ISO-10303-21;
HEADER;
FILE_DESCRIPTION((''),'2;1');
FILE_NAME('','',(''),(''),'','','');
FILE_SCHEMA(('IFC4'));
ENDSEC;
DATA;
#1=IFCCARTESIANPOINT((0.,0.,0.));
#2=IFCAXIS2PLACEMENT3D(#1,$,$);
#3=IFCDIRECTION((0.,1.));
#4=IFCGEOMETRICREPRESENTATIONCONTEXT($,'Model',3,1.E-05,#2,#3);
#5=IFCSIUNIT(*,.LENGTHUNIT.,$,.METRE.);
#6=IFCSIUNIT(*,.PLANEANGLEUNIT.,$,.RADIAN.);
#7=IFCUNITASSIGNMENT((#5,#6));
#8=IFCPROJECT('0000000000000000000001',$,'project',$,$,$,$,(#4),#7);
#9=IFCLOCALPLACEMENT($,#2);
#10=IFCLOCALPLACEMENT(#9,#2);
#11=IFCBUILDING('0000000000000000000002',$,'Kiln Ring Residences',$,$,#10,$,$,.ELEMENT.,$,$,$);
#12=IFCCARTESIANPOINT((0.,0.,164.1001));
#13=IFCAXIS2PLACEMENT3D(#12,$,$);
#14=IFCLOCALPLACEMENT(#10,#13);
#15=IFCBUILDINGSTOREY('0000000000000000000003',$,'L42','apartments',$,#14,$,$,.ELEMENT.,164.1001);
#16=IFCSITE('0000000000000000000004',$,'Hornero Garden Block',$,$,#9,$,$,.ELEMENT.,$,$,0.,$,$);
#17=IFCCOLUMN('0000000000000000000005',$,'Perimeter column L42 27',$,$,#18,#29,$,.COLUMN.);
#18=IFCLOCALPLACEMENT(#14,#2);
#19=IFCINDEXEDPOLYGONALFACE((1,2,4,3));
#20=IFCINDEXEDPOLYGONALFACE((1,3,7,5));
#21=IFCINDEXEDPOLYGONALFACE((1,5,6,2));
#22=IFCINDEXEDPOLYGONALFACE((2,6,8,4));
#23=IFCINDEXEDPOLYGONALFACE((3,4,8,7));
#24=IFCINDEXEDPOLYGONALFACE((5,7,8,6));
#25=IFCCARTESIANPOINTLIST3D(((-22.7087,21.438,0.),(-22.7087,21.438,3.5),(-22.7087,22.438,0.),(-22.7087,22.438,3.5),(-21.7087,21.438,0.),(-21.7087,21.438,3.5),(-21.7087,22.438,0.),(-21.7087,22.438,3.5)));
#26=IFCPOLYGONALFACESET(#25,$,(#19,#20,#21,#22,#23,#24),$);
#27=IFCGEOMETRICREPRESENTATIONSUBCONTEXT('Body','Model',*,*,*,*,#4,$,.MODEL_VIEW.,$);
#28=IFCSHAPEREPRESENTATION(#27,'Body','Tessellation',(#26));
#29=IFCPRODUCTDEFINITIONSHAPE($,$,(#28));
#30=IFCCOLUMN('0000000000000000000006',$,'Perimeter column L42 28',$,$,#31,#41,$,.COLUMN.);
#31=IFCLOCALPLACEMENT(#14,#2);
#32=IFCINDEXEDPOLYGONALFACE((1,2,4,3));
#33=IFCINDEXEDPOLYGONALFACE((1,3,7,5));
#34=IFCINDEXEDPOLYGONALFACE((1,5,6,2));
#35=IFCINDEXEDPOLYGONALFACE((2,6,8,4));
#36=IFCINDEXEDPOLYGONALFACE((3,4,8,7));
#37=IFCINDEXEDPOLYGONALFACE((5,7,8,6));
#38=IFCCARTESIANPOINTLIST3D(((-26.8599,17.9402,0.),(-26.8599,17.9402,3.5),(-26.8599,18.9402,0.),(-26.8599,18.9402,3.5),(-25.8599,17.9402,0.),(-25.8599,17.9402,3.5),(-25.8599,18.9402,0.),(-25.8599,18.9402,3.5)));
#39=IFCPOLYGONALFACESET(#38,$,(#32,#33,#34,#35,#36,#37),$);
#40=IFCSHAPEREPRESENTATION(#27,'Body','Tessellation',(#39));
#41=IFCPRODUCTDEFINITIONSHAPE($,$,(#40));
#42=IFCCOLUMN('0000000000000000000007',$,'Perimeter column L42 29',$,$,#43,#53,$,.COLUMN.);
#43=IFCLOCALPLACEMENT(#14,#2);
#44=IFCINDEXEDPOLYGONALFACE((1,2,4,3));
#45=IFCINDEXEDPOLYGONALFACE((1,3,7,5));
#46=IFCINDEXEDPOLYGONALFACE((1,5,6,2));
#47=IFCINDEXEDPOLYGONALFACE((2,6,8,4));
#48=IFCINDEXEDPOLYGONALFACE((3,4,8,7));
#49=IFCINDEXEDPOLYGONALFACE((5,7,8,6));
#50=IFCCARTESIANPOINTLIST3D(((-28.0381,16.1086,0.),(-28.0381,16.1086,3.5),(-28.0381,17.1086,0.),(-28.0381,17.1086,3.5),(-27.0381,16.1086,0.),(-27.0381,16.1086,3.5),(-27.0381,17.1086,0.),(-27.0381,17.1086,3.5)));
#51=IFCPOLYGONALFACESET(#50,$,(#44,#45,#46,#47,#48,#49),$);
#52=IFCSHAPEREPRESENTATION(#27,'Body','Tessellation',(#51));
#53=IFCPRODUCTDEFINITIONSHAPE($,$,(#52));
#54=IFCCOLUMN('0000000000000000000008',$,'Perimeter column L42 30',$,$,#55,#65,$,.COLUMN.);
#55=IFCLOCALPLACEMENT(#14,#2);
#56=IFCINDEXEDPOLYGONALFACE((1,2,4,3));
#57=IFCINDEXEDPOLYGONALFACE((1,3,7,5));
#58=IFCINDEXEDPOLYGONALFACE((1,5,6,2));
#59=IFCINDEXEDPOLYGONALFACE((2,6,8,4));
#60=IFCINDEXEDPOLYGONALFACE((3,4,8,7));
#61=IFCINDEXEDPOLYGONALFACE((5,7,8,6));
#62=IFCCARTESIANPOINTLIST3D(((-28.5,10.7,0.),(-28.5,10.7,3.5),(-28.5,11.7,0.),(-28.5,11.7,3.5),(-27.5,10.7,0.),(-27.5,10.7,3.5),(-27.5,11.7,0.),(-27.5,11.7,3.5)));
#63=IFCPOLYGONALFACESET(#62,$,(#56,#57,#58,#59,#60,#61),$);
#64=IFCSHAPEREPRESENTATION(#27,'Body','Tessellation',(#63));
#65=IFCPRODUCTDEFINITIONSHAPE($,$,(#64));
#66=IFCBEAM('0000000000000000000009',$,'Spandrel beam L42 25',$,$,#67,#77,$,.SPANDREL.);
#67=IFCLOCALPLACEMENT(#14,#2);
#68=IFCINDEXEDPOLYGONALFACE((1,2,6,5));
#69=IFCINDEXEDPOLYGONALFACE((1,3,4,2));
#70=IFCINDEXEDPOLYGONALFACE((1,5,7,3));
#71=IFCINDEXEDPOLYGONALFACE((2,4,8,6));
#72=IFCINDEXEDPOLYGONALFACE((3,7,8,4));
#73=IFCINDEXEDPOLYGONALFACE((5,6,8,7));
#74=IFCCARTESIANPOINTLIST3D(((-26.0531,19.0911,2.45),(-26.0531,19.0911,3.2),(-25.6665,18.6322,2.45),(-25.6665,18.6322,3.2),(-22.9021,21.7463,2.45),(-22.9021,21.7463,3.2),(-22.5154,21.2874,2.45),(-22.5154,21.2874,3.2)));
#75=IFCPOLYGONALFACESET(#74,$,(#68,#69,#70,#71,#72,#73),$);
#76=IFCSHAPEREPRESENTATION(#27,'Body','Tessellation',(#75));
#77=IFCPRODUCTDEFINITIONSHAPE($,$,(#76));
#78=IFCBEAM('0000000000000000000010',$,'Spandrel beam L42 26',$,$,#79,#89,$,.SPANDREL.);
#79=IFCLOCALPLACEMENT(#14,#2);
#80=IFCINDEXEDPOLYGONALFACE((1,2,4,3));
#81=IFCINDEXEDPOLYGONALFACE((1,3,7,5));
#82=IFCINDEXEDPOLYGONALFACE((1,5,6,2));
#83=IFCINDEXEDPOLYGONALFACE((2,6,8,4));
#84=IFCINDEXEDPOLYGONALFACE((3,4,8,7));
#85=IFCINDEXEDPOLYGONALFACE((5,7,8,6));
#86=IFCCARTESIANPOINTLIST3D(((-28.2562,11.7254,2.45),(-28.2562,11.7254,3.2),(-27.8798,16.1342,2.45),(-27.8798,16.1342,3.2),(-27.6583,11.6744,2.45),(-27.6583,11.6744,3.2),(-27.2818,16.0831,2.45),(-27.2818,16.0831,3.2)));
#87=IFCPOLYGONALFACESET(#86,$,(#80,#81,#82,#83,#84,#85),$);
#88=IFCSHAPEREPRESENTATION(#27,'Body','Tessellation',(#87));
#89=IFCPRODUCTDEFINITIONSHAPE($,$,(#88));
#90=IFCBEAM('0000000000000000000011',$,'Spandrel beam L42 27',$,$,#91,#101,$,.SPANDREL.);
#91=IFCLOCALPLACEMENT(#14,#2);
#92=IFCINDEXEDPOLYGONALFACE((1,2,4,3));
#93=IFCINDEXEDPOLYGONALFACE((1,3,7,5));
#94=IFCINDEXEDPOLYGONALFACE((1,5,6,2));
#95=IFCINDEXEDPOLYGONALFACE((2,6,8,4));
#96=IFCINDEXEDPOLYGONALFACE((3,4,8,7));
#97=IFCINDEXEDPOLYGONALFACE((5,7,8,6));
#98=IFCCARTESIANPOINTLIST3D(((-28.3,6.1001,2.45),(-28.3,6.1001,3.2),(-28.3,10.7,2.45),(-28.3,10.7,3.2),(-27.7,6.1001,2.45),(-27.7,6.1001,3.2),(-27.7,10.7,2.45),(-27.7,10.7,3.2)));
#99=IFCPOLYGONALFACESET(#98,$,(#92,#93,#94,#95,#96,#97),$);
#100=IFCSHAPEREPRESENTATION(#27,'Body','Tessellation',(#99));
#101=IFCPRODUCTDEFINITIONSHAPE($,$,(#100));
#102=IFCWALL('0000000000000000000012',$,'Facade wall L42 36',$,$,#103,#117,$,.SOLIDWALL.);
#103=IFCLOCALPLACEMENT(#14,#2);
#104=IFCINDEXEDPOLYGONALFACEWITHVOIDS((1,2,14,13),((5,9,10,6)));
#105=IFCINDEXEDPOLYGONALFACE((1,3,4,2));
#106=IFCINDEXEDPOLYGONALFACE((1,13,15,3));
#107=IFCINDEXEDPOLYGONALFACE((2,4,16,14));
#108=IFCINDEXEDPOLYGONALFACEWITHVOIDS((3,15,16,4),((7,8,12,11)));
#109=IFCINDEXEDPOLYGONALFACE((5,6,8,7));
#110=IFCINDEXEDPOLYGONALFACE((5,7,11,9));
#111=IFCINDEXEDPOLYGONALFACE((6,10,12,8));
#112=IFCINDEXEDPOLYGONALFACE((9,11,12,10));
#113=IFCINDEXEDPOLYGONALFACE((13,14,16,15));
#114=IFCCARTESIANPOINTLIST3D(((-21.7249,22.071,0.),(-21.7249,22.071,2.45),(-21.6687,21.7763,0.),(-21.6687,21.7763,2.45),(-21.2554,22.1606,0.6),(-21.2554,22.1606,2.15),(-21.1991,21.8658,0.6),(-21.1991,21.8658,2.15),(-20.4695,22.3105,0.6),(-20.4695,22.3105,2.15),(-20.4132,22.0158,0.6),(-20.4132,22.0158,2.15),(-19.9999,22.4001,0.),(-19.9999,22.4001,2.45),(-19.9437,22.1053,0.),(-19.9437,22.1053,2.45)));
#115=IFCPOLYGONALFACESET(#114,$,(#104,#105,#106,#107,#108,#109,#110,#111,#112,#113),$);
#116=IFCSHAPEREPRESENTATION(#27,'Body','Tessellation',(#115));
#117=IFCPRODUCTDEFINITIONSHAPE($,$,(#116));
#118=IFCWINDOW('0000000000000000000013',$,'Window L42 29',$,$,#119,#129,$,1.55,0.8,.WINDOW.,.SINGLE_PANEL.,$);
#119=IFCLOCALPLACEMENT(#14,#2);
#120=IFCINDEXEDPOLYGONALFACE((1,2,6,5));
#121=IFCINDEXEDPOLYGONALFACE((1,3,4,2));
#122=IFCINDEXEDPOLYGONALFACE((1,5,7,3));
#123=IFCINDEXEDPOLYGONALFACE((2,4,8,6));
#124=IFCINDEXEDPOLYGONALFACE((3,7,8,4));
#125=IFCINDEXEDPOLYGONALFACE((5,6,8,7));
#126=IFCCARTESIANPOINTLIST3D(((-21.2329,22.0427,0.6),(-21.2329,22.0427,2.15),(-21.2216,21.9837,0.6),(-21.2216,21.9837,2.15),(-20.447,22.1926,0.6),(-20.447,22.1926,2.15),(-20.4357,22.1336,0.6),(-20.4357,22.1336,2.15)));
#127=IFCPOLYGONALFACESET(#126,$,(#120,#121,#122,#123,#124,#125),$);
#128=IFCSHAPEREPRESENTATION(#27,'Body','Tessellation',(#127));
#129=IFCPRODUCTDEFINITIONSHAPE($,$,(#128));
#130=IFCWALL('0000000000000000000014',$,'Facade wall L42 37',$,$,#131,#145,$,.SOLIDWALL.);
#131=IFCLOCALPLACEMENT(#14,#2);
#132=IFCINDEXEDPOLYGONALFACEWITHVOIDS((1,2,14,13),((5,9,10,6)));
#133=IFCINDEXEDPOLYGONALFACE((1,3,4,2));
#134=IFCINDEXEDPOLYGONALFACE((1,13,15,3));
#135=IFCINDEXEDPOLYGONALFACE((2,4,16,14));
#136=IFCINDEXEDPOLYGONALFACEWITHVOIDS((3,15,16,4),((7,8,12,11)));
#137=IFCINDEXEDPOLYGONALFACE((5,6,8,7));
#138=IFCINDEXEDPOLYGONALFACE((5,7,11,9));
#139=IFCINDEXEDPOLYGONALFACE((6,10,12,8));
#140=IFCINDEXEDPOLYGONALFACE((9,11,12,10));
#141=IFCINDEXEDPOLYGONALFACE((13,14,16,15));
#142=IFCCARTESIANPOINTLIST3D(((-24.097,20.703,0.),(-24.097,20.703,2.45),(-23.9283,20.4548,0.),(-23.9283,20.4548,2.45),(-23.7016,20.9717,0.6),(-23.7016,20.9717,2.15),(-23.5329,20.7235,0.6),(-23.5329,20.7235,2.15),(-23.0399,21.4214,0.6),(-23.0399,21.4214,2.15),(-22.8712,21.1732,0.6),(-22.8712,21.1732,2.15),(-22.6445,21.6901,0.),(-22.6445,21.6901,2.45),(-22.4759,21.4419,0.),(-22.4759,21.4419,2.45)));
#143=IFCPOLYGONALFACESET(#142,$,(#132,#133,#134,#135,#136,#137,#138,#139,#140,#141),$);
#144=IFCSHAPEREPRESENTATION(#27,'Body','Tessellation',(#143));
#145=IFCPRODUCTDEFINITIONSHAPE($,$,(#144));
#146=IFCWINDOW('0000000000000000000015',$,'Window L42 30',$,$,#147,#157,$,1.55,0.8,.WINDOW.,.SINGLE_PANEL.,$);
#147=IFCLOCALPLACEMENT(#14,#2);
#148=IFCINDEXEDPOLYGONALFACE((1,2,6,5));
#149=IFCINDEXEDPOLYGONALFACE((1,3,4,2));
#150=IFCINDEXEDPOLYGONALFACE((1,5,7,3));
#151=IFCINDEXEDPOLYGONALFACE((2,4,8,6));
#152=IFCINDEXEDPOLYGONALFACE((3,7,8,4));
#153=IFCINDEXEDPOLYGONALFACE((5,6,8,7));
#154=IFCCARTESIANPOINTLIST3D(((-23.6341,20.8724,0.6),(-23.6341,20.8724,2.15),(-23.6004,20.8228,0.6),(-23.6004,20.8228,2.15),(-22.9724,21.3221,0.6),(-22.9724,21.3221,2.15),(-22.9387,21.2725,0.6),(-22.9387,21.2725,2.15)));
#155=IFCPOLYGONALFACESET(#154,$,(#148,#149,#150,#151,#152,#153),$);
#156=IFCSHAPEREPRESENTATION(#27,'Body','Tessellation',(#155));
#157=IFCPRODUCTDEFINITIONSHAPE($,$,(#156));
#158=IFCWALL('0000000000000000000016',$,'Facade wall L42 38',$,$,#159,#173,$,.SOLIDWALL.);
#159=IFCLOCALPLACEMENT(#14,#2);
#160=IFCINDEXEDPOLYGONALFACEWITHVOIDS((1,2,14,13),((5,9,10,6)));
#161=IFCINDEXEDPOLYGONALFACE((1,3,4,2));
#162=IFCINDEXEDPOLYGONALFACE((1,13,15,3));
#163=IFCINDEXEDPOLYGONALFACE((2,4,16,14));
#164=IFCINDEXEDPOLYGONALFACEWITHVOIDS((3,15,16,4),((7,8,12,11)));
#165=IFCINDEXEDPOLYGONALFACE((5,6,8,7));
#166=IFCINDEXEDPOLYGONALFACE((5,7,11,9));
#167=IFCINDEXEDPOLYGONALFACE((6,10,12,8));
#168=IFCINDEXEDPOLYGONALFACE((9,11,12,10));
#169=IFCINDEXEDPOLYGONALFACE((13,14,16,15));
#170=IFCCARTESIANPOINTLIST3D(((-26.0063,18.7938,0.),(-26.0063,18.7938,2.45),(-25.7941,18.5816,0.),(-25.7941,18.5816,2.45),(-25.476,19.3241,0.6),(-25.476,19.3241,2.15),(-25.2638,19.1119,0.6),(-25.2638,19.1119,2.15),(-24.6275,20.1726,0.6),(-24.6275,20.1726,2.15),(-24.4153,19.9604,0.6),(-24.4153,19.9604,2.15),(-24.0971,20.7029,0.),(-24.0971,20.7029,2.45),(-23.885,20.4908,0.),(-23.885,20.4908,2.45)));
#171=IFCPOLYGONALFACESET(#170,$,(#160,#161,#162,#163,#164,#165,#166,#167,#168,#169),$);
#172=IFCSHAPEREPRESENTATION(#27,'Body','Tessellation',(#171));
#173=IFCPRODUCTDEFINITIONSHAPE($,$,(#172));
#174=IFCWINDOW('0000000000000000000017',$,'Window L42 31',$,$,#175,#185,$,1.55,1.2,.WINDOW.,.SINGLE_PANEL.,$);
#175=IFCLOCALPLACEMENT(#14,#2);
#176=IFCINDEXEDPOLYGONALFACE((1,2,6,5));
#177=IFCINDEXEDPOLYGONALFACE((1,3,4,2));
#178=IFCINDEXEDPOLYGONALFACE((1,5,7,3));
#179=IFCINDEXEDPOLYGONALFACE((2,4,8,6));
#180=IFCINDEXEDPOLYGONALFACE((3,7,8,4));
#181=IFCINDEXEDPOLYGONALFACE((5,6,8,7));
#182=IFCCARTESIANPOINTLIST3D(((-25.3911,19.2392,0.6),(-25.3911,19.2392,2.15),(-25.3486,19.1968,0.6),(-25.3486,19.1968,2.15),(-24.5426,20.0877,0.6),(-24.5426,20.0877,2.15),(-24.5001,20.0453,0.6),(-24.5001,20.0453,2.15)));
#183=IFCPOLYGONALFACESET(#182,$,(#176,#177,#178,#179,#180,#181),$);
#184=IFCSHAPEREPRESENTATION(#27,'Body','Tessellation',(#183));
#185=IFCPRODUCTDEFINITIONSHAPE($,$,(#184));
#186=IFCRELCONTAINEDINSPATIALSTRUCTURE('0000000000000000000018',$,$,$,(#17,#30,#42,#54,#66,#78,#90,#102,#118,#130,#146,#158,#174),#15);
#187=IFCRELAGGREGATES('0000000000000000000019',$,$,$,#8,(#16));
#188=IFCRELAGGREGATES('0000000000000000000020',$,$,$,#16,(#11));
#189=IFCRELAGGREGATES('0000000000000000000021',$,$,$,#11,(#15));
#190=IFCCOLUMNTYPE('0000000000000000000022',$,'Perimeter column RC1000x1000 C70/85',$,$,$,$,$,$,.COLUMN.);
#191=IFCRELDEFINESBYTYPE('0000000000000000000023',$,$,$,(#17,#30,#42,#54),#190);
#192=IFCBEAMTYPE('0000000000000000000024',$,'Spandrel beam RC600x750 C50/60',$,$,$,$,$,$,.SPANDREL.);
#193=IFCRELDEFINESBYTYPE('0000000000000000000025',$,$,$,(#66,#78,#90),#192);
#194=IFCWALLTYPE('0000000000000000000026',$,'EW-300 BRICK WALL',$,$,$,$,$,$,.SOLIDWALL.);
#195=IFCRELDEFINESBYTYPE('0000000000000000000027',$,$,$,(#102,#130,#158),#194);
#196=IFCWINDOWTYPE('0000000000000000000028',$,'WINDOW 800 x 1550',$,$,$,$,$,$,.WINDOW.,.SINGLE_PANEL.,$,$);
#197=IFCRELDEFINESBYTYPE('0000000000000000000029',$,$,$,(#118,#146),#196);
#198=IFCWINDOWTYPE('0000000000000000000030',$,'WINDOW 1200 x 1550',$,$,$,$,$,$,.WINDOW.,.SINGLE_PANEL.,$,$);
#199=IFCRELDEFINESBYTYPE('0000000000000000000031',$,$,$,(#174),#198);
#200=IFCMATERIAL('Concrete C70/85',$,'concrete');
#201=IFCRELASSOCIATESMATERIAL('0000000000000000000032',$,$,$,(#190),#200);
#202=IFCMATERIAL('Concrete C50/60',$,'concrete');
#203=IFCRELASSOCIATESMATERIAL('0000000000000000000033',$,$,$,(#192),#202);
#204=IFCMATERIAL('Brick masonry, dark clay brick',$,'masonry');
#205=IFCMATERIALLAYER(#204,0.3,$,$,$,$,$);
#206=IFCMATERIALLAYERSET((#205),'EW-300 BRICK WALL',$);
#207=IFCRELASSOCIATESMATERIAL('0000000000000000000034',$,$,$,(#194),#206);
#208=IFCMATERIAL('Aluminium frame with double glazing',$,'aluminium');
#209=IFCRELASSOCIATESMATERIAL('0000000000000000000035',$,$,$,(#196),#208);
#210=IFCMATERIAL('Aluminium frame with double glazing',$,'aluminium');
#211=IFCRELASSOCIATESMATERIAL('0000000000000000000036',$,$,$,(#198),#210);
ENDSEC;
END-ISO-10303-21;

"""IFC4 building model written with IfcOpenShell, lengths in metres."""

from ifc_helpers import new_model, si_unit, direction, frame, frame_2d, origin, origin_2d, place, context, subcontext, project, spatial, rectangle, extrude, material, layer, layer_set, material_profile, profile_set, type_object, element, fill, save


model = new_model("IFC4")

# Units and contexts
model_context = context("Model", 3, precision=1e-05, world=origin(), true_north=direction((0.0, 1.0)))
body_context = subcontext(model_context, "Body", "Model", "MODEL_VIEW")
ifc_project = project(units=[si_unit("LENGTHUNIT", "METRE"), si_unit("PLANEANGLEUNIT", "RADIAN")], contexts=[model_context])

# Site, building, storey
site_placement = place(None, origin())
site = spatial("IfcSite", under=ifc_project, at=site_placement, Name="Hornero Garden Block", CompositionType="ELEMENT", RefElevation=0.0)
building_placement = place(site_placement, origin())
building = spatial("IfcBuilding", under=site, at=building_placement, Name="Kiln Ring Residences", CompositionType="ELEMENT")
storey_placement = place(building_placement, frame((0.0, 0.0, 164.1001)))
storey = spatial("IfcBuildingStorey", under=building, at=storey_placement, Name="L42", Description="apartments", CompositionType="ELEMENT", Elevation=164.1001)

# Columns
ifc_material_1 = material(Name="Concrete C70/85", Category="concrete")
ifc_material_profile_1 = material_profile(ifc_material_1, rectangle(XDim=1.0, YDim=1.0, at=origin_2d()), Name="RC1000x1000")
ifc_profile_set_1 = profile_set([ifc_material_profile_1], Name="Concrete C70/85")
column_type = type_object("IfcColumnType", Name="Perimeter column RC1000x1000 C70/85", PredefinedType="COLUMN", material=ifc_profile_set_1)
for number, where, z_axis, x_axis, name in (
    (1, (-22.2087, 21.938, 0.0), (0.0, 0.0, 1.0), (1.0, 0.0, 0.0), "Perimeter column L42 27"),
    (2, (-26.3599, 18.4402, 0.0), (0.0, 0.0, 1.0), (1.0, 0.0, 0.0), "Perimeter column L42 28"),
    (3, (-27.5381, 16.6086, 0.0), (0.0, 0.0, 1.0), (1.0, 0.0, 0.0), "Perimeter column L42 29"),
    (4, (-28.0, 11.2, 0.0), (0.0, 0.0, 1.0), (1.0, 0.0, 0.0), "Perimeter column L42 30"),
):
    element("IfcColumn", number, at=place(storey_placement, frame(where, z_axis=z_axis, x_axis=x_axis)), inside=storey, type_object=column_type, Name=name, PredefinedType="COLUMN", context=body_context, shape_type="SweptSolid", body=[
        extrude(rectangle(XDim=1.0, YDim=1.0, at=origin_2d()), origin(), (0.0, 0.0, 1.0), 3.5),
    ])

# Beams
ifc_material_2 = material(Name="Concrete C50/60", Category="concrete")
ifc_material_profile_2 = material_profile(ifc_material_2, rectangle(XDim=0.6001, YDim=0.75, at=origin_2d()), Name="RC600x750")
ifc_profile_set_2 = profile_set([ifc_material_profile_2], Name="Concrete C50/60")
beam_type = type_object("IfcBeamType", Name="Spandrel beam RC600x750 C50/60", PredefinedType="SPANDREL", material=ifc_profile_set_2)
beam_1_placement = place(storey_placement, frame((-22.7087, 21.5168, 2.825), z_axis=(-0.764708, -0.644377, 0.0), x_axis=(0.644377, -0.764708, 0.0)))
element("IfcBeam", 5, at=beam_1_placement, inside=storey, type_object=beam_type, Name="Spandrel beam L42 25", PredefinedType="SPANDREL", context=body_context, shape_type="SweptSolid", body=[
    extrude(rectangle(XDim=0.6001, YDim=0.75, at=origin_2d()), origin(), (0.0, 0.0, 1.0), 4.1206),
])
beam_2_placement = place(storey_placement, frame((-27.5808, 16.1086, 2.825), z_axis=(-0.085082, -0.996374, 0.0), x_axis=(0.996374, -0.085082, 0.0)))
element("IfcBeam", 6, at=beam_2_placement, inside=storey, type_object=beam_type, Name="Spandrel beam L42 26", PredefinedType="SPANDREL", context=body_context, shape_type="SweptSolid", body=[
    extrude(rectangle(XDim=0.6001, YDim=0.75, at=origin_2d()), origin(), (0.0, 0.0, 1.0), 4.4248),
])
beam_3_placement = place(storey_placement, frame((-28.0, 10.7, 2.825), z_axis=(0.0, -1.0, 0.0), x_axis=(1.0, 0.0, 0.0)))
element("IfcBeam", 7, at=beam_3_placement, inside=storey, type_object=beam_type, Name="Spandrel beam L42 27", PredefinedType="SPANDREL", context=body_context, shape_type="SweptSolid", body=[
    extrude(rectangle(XDim=0.6001, YDim=0.75, at=origin_2d()), origin(), (0.0, 0.0, 1.0), 4.5999),
])

# Walls, openings, windows
ifc_material_3 = material(Name="Brick masonry, dark clay brick", Category="masonry")
ifc_layer_1 = layer(ifc_material_3, 0.3)
ifc_layer_set_1 = layer_set([ifc_layer_1], Name="EW-300 BRICK WALL")
wall_type_1 = type_object("IfcWallType", Name="EW-300 BRICK WALL", PredefinedType="SOLIDWALL", material=ifc_layer_set_1)
wall_1_placement = place(storey_placement, frame((-19.9719, 22.2527, 0.0), z_axis=(0.0, 0.0, 1.0), x_axis=(-0.982285, -0.187393, 0.0)))
wall_1 = element("IfcWall", 8, at=wall_1_placement, inside=storey, type_object=wall_type_1, Name="Facade wall L42 36", PredefinedType="SOLIDWALL", context=body_context, shape_type="SweptSolid", body=[
    extrude(rectangle(XDim=1.7561, YDim=0.3, at=frame_2d((0.8779, 0.0))), origin(), (0.0, 0.0, 1.0), 2.45),
])
opening_1_placement = place(wall_1_placement, frame((0.478, 0.0, 0.6001)))
opening_1 = element("IfcOpeningElement", 9, at=opening_1_placement, cuts=wall_1, PredefinedType="OPENING", context=body_context, shape_type="SweptSolid", body=[
    extrude(rectangle(XDim=0.8, YDim=1.55, at=frame_2d((0.3999, 0.7749))), frame((0.0, 0.1599, 0.0), z_axis=(0.0, -1.0, 0.0), x_axis=(1.0, 0.0, 0.0)), (0.0, 0.0, 1.0), 0.3201),
])
ifc_material_4 = material(Name="Aluminium frame with double glazing", Category="aluminium")
window_type_1 = type_object("IfcWindowType", Name="WINDOW 800 x 1550", PartitioningType="SINGLE_PANEL", PredefinedType="WINDOW", material=ifc_material_4)
window_1_placement = place(opening_1_placement, origin())
window_1 = element("IfcWindow", 10, at=window_1_placement, inside=storey, type_object=window_type_1, Name="Window L42 29", OverallHeight=1.55, OverallWidth=0.8, PartitioningType="SINGLE_PANEL", PredefinedType="WINDOW", context=body_context, shape_type="SweptSolid", body=[
    extrude(rectangle(XDim=0.8, YDim=1.55, at=frame_2d((0.3999, 0.7749))), frame((0.0, 0.03, 0.0), z_axis=(0.0, -1.0, 0.0), x_axis=(1.0, 0.0, 0.0)), (0.0, 0.0, 1.0), 0.0601),
])
fill(opening_1, window_1)
wall_2_placement = place(storey_placement, frame((-22.5603, 21.5659, 0.0), z_axis=(0.0, 0.0, 1.0), x_axis=(-0.827076, -0.562089, 0.0)))
wall_2 = element("IfcWall", 11, at=wall_2_placement, inside=storey, type_object=wall_type_1, Name="Facade wall L42 37", PredefinedType="SOLIDWALL", context=body_context, shape_type="SweptSolid", body=[
    extrude(rectangle(XDim=1.7561, YDim=0.3, at=frame_2d((0.8779, 0.0))), origin(), (0.0, 0.0, 1.0), 2.45),
])
opening_2_placement = place(wall_2_placement, frame((0.478, 0.0, 0.6001)))
opening_2 = element("IfcOpeningElement", 12, at=opening_2_placement, cuts=wall_2, PredefinedType="OPENING", context=body_context, shape_type="SweptSolid", body=[
    extrude(rectangle(XDim=0.8, YDim=1.55, at=frame_2d((0.3999, 0.7749))), frame((0.0, 0.1599, 0.0), z_axis=(0.0, -1.0, 0.0), x_axis=(1.0, 0.0, 0.0)), (0.0, 0.0, 1.0), 0.3201),
])
window_2_placement = place(opening_2_placement, origin())
window_2 = element("IfcWindow", 13, at=window_2_placement, inside=storey, type_object=window_type_1, Name="Window L42 30", OverallHeight=1.55, OverallWidth=0.8, PartitioningType="SINGLE_PANEL", PredefinedType="WINDOW", context=body_context, shape_type="SweptSolid", body=[
    extrude(rectangle(XDim=0.8, YDim=1.55, at=frame_2d((0.3999, 0.7749))), frame((0.0, 0.03, 0.0), z_axis=(0.0, -1.0, 0.0), x_axis=(1.0, 0.0, 0.0)), (0.0, 0.0, 1.0), 0.0601),
])
fill(opening_2, window_2)
wall_3_placement = place(storey_placement, frame((-23.991, 20.5969, 0.0), z_axis=(0.0, 0.0, 1.0), x_axis=(-0.707107, -0.707107, 0.0)))
wall_3 = element("IfcWall", 14, at=wall_3_placement, inside=storey, type_object=wall_type_1, Name="Facade wall L42 38", PredefinedType="SOLIDWALL", context=body_context, shape_type="SweptSolid", body=[
    extrude(rectangle(XDim=2.7, YDim=0.3, at=frame_2d((1.3501, 0.0))), origin(), (0.0, 0.0, 1.0), 2.45),
])
opening_3_placement = place(wall_3_placement, frame((0.75, 0.0, 0.6001)))
opening_3 = element("IfcOpeningElement", 15, at=opening_3_placement, cuts=wall_3, PredefinedType="OPENING", context=body_context, shape_type="SweptSolid", body=[
    extrude(rectangle(XDim=1.2, YDim=1.55, at=frame_2d((0.6001, 0.7749))), frame((0.0, 0.1599, 0.0), z_axis=(0.0, -1.0, 0.0), x_axis=(1.0, 0.0, 0.0)), (0.0, 0.0, 1.0), 0.3201),
])
ifc_material_5 = material(Name="Aluminium frame with double glazing", Category="aluminium")
window_type_2 = type_object("IfcWindowType", Name="WINDOW 1200 x 1550", PartitioningType="SINGLE_PANEL", PredefinedType="WINDOW", material=ifc_material_5)
window_3_placement = place(opening_3_placement, origin())
window_3 = element("IfcWindow", 16, at=window_3_placement, inside=storey, type_object=window_type_2, Name="Window L42 31", OverallHeight=1.55, OverallWidth=1.2, PartitioningType="SINGLE_PANEL", PredefinedType="WINDOW", context=body_context, shape_type="SweptSolid", body=[
    extrude(rectangle(XDim=1.2, YDim=1.55, at=frame_2d((0.6001, 0.7749))), frame((0.0, 0.03, 0.0), z_axis=(0.0, -1.0, 0.0), x_axis=(1.0, 0.0, 0.0)), (0.0, 0.0, 1.0), 0.0601),
])
fill(opening_3, window_3)

save(model, "model.ifc")
